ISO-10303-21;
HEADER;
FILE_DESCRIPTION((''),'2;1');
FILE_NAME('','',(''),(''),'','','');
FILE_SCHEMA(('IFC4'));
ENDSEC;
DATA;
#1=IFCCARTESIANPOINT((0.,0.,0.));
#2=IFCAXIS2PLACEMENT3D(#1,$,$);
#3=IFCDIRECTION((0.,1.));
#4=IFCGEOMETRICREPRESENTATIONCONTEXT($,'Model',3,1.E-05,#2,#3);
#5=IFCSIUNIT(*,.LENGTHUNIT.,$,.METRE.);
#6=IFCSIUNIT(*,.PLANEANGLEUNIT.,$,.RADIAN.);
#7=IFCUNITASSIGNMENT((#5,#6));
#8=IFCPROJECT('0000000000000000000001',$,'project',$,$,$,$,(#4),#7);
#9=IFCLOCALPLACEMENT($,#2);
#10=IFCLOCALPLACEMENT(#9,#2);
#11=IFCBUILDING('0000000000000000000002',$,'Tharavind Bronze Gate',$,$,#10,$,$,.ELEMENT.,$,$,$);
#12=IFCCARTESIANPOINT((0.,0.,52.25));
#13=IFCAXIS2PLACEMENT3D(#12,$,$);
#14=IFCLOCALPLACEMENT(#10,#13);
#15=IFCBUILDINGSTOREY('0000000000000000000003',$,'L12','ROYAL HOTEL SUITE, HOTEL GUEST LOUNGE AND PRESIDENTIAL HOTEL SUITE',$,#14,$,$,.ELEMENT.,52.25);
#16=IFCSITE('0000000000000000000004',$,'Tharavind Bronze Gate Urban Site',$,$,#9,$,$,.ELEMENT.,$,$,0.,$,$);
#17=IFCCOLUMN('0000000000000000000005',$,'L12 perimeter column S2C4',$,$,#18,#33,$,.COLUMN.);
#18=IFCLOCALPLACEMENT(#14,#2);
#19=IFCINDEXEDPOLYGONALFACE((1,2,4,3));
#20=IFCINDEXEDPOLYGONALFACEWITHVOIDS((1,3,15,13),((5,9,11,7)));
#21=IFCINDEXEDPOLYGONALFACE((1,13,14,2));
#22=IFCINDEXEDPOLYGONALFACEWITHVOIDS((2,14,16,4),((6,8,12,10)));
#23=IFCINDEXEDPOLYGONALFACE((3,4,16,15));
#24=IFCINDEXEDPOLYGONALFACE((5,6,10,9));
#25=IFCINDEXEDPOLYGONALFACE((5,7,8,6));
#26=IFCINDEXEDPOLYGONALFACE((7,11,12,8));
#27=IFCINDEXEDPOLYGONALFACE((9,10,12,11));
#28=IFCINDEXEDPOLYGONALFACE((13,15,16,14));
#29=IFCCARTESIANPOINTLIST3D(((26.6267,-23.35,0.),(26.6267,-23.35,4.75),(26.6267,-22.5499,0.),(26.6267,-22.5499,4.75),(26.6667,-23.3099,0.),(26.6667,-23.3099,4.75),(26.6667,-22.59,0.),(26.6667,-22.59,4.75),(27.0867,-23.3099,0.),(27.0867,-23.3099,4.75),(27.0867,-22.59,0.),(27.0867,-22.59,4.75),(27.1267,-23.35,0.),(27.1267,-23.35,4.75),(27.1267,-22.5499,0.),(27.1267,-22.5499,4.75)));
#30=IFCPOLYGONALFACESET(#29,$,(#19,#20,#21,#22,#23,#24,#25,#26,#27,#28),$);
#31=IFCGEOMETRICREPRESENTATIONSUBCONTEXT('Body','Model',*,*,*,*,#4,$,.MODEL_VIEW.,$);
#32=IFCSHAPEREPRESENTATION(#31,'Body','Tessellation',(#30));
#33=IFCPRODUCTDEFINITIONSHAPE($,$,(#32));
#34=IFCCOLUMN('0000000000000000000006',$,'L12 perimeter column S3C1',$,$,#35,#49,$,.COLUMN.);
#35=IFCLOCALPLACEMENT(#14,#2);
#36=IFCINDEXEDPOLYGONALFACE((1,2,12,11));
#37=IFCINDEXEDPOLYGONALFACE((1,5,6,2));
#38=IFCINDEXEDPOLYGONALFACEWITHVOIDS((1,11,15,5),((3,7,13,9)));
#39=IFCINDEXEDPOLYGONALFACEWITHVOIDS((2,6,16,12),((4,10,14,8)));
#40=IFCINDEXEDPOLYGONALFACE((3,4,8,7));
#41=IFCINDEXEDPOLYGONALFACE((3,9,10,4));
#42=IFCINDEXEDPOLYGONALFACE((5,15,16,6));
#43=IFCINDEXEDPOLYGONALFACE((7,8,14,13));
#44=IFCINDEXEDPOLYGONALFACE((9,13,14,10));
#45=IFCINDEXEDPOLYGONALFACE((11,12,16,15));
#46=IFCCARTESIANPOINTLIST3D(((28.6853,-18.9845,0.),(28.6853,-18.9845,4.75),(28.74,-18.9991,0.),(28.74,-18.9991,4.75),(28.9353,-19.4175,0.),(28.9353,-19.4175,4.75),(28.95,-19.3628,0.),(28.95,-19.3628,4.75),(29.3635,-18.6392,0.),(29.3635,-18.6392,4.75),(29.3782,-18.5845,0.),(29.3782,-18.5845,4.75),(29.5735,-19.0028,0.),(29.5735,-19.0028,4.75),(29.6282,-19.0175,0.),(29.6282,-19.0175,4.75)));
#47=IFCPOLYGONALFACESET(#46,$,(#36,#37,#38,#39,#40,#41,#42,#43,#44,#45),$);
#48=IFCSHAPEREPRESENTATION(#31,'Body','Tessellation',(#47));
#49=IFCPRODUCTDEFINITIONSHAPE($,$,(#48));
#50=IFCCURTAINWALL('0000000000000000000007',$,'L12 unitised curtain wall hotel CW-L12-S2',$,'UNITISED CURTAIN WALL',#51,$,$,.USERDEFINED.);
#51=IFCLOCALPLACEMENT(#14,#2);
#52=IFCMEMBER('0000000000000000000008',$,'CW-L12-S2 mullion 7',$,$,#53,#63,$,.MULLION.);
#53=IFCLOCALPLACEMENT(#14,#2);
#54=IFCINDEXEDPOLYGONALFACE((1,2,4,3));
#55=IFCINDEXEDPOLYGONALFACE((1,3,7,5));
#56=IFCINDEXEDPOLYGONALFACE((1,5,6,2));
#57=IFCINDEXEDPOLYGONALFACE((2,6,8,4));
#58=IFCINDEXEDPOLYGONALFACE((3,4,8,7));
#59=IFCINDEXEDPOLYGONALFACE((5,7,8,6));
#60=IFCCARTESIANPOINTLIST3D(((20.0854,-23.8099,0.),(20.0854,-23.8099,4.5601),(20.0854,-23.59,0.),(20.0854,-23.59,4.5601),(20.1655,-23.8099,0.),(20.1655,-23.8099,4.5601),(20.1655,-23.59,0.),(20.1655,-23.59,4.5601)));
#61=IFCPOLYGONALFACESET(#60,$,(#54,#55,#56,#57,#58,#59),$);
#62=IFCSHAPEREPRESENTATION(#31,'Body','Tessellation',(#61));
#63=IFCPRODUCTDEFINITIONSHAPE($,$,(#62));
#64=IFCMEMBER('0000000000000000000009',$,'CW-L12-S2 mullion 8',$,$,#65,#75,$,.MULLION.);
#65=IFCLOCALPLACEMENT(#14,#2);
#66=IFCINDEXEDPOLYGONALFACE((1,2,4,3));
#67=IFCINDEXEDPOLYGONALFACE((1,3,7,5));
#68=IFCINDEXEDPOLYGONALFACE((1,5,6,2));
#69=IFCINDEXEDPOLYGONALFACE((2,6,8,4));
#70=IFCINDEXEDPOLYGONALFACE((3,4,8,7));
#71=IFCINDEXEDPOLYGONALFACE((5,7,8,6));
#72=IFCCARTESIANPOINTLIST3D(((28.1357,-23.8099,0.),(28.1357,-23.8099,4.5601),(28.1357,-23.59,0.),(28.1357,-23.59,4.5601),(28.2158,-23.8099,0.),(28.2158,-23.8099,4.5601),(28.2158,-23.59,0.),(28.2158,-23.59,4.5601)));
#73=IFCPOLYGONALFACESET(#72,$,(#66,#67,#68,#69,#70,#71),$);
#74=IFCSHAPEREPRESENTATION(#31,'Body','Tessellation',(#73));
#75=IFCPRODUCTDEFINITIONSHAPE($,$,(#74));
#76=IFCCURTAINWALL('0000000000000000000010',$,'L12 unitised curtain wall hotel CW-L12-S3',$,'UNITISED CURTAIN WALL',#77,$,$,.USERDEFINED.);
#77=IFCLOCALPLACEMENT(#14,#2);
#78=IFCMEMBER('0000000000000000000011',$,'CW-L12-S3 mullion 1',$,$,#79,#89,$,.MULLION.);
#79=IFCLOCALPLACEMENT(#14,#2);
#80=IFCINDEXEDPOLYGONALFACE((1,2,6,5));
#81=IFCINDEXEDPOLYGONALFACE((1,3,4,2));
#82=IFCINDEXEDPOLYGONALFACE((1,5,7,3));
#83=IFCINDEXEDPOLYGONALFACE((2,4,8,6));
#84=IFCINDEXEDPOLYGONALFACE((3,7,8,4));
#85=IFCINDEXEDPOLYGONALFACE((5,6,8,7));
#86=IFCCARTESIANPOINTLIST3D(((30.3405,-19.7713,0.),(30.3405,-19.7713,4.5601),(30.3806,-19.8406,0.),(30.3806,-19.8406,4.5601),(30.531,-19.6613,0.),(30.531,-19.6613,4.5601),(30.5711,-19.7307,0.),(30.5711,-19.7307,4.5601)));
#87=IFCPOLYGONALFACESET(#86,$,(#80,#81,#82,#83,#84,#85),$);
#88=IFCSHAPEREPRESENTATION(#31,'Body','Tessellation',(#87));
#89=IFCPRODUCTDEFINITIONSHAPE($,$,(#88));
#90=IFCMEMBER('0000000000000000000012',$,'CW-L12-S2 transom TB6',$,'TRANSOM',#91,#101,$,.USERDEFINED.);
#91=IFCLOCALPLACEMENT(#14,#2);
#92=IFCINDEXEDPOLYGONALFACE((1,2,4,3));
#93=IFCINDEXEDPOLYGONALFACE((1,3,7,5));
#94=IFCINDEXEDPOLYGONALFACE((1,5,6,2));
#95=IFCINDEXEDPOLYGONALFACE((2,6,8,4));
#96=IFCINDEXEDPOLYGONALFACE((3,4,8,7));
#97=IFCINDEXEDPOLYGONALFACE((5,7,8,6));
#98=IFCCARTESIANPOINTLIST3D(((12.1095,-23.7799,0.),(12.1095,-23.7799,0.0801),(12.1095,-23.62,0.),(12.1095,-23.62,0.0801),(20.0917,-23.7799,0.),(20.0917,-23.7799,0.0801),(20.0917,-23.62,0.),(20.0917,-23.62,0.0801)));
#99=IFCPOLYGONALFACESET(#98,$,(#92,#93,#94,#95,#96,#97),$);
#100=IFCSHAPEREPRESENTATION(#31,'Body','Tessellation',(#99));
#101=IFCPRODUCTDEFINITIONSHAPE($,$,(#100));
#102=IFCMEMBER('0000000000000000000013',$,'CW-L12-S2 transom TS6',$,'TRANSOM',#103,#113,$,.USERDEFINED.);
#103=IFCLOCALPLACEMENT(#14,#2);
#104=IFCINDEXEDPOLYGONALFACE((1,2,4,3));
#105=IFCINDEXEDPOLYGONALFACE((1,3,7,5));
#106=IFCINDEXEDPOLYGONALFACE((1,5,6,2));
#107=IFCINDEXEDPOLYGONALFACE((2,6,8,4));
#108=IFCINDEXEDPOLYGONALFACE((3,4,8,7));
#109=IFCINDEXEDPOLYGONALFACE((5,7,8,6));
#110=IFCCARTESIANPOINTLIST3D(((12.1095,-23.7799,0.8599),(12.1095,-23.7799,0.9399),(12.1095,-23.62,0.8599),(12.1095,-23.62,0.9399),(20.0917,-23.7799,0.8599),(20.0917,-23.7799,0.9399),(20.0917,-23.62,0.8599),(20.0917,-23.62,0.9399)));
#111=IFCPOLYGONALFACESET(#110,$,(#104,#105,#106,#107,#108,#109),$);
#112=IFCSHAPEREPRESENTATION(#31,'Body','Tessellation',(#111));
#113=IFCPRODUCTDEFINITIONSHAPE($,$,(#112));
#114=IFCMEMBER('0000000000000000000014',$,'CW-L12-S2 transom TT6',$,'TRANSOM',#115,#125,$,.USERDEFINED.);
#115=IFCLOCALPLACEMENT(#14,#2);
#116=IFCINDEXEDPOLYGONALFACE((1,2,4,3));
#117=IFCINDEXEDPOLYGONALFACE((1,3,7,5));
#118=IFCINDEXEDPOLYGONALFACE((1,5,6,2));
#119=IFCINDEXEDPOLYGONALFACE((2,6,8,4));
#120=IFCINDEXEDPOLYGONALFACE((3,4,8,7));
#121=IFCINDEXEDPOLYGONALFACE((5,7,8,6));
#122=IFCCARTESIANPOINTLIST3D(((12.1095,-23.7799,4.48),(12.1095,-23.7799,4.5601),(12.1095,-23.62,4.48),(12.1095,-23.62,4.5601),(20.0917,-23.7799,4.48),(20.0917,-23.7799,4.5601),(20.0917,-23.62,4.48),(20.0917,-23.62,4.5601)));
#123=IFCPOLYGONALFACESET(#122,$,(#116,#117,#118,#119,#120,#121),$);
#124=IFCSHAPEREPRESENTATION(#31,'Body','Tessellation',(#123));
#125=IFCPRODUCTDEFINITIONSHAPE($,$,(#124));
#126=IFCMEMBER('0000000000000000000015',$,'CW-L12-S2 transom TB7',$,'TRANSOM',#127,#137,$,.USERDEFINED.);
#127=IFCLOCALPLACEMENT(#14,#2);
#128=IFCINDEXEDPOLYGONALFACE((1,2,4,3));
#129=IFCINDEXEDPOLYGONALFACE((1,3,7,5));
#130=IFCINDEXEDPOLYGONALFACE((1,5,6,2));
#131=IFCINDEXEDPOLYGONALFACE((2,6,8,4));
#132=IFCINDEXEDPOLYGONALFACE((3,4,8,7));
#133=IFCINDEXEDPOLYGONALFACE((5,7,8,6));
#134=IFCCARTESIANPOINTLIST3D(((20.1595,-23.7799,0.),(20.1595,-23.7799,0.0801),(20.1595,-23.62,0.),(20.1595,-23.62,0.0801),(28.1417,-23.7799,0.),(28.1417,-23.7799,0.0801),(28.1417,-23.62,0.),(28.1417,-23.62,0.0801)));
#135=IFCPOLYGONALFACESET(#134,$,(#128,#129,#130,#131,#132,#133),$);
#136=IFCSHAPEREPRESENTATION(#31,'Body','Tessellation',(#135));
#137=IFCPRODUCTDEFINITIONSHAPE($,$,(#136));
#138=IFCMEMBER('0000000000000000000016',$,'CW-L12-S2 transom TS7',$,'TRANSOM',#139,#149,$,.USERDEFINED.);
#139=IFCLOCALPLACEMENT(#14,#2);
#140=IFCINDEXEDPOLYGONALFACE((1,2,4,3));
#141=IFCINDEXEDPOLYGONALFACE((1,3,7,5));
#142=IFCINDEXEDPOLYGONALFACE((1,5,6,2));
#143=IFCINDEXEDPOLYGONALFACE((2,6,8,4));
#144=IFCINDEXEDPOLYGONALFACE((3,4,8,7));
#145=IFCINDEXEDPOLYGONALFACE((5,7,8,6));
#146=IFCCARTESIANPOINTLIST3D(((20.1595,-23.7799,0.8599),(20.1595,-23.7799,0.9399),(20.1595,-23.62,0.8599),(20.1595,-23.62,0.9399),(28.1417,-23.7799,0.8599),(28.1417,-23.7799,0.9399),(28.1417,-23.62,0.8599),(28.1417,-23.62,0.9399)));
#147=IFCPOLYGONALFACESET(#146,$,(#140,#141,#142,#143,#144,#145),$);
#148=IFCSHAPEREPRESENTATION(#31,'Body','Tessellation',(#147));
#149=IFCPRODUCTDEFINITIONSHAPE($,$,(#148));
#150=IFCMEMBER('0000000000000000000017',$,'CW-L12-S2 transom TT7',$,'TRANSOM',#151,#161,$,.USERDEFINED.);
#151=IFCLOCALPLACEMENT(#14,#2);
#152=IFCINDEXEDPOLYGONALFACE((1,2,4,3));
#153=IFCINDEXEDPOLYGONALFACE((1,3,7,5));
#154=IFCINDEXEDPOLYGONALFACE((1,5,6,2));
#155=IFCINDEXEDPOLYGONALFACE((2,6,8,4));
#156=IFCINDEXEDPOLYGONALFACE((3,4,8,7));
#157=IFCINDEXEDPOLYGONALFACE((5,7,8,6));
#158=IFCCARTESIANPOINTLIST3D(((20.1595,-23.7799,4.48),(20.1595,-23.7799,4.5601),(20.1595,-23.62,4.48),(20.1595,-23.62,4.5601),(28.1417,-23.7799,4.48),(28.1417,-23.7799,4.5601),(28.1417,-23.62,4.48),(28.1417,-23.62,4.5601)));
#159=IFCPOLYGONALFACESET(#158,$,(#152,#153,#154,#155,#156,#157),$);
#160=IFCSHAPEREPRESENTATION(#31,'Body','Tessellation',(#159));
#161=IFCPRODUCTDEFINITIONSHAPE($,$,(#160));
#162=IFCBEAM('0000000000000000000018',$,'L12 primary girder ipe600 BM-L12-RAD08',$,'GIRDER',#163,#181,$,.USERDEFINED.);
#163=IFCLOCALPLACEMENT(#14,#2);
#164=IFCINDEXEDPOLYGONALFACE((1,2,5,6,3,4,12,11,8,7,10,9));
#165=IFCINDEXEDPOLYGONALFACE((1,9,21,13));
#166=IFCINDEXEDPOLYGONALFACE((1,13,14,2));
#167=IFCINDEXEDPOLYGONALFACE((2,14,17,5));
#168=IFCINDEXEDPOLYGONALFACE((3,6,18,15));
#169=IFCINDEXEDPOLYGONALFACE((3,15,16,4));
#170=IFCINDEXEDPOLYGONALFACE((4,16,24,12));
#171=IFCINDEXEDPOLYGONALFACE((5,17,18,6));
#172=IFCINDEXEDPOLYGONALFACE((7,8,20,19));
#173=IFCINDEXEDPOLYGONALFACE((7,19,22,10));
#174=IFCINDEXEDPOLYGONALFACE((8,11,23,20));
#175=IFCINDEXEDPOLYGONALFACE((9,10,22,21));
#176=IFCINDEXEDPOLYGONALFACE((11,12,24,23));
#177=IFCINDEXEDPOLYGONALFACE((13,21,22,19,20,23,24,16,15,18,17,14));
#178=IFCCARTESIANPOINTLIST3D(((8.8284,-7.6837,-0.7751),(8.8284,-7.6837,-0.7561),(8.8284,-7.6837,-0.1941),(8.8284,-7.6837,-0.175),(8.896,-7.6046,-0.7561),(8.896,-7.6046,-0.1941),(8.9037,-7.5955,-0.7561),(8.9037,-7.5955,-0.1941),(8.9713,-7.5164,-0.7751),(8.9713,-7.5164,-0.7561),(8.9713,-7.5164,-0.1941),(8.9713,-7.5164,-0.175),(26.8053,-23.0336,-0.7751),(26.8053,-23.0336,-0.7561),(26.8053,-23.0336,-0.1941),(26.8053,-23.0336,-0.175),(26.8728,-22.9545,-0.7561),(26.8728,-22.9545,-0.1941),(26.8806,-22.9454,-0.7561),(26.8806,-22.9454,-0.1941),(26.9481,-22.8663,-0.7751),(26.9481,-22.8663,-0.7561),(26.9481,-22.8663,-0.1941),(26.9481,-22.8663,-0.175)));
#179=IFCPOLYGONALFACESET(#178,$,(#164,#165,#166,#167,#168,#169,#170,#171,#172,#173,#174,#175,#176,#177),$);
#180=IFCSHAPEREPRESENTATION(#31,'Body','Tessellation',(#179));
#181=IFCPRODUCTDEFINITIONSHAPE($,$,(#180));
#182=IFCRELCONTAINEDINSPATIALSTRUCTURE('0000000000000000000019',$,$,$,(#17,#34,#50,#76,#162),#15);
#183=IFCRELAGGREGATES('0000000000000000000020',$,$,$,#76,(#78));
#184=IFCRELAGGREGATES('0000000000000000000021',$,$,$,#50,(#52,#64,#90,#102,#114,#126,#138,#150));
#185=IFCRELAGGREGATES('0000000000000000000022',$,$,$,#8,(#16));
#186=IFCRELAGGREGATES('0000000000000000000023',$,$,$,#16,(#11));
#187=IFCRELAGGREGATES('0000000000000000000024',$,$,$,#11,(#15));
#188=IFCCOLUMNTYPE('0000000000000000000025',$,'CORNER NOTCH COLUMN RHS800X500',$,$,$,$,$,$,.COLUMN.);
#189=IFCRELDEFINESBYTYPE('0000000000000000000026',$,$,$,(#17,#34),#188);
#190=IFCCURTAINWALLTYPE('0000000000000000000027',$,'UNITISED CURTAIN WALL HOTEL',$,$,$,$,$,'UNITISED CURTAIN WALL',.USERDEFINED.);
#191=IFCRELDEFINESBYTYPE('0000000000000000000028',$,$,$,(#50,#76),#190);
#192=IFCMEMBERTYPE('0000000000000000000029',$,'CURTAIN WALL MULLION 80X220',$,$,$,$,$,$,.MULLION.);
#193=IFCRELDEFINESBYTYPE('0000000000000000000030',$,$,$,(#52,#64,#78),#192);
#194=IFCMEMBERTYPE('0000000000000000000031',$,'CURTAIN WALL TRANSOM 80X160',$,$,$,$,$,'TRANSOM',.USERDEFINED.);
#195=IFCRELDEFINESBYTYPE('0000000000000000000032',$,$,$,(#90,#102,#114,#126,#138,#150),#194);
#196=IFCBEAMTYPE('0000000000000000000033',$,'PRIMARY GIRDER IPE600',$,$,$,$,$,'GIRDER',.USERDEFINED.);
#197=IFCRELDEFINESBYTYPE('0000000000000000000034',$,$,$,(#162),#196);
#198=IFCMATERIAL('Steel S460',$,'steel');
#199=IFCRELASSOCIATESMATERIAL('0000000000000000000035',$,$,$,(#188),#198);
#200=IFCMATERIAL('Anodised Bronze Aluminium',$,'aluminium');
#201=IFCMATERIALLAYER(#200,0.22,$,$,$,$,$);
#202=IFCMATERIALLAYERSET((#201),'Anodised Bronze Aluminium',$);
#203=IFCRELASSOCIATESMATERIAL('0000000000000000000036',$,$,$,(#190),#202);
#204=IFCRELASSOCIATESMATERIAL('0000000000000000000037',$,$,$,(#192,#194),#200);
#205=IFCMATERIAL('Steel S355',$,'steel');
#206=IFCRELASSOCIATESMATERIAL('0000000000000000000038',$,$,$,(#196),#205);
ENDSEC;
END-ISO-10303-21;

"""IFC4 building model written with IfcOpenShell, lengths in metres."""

from ifc_helpers import new_model, si_unit, direction, frame, origin, origin_2d, place, context, subcontext, project, spatial, rectangle, hollow_rectangle, i_section, extrude, material, layer, layer_set, material_profile, profile_set, type_object, element, aggregate, save


model = new_model("IFC4")

# Units and contexts
model_context = context("Model", 3, precision=1e-05, world=origin(), true_north=direction((0.0, 1.0)))
body_context = subcontext(model_context, "Body", "Model", "MODEL_VIEW")
ifc_project = project(units=[si_unit("LENGTHUNIT", "METRE"), si_unit("PLANEANGLEUNIT", "RADIAN")], contexts=[model_context])

# Site, building, storey
site_placement = place(None, origin())
site = spatial("IfcSite", under=ifc_project, at=site_placement, Name="Tharavind Bronze Gate Urban Site", CompositionType="ELEMENT", RefElevation=0.0)
building_placement = place(site_placement, origin())
building = spatial("IfcBuilding", under=site, at=building_placement, Name="Tharavind Bronze Gate", CompositionType="ELEMENT")
storey_placement = place(building_placement, frame((0.0, 0.0, 52.25)))
storey = spatial("IfcBuildingStorey", under=building, at=storey_placement, Name="L12", Description="ROYAL HOTEL SUITE, HOTEL GUEST LOUNGE AND PRESIDENTIAL HOTEL SUITE", CompositionType="ELEMENT", Elevation=52.25)

# Columns
ifc_material_1 = material(Name="Steel S460", Category="steel")
ifc_material_profile_1 = material_profile(ifc_material_1, hollow_rectangle(XDim=0.5, YDim=0.8, WallThickness=0.04, at=origin_2d()), Name="RHS800X500X40")
ifc_profile_set_1 = profile_set([ifc_material_profile_1], Name="Steel S460")
column_type = type_object("IfcColumnType", Name="CORNER NOTCH COLUMN RHS800X500", PredefinedType="COLUMN", material=ifc_profile_set_1)
for number, where, z_axis, x_axis, name in (
    (1, (26.8767, -22.95, 0.0), (0.0, 0.0, 1.0), (1.0, 0.0, 0.0), "L12 perimeter column S2C4"),
    (2, (29.1567, -19.001, 0.0), (0.0, 0.0, 1.0), (-0.500002, 0.866025, 0.0), "L12 perimeter column S3C1"),
):
    element("IfcColumn", number, at=place(storey_placement, frame(where, z_axis=z_axis, x_axis=x_axis)), inside=storey, type_object=column_type, Name=name, PredefinedType="COLUMN", context=body_context, shape_type="SweptSolid", body=[
        extrude(hollow_rectangle(XDim=0.5, YDim=0.8, WallThickness=0.04, at=origin_2d()), origin(), (0.0, 0.0, 1.0), 4.75),
    ])

# Curtain wall, members
ifc_material_2 = material(Name="Anodised Bronze Aluminium", Category="aluminium")
ifc_layer_1 = layer(ifc_material_2, 0.22)
ifc_layer_set_1 = layer_set([ifc_layer_1], Name="Anodised Bronze Aluminium")
curtain_wall_type = type_object("IfcCurtainWallType", Name="UNITISED CURTAIN WALL HOTEL", ElementType="UNITISED CURTAIN WALL", PredefinedType="USERDEFINED", material=ifc_layer_set_1)
curtain_wall_1_placement = place(storey_placement, origin())
curtain_wall_1 = element("IfcCurtainWall", 3, at=curtain_wall_1_placement, inside=storey, type_object=curtain_wall_type, Name="L12 unitised curtain wall hotel CW-L12-S2", ObjectType="UNITISED CURTAIN WALL", PredefinedType="USERDEFINED")
member_type_1 = type_object("IfcMemberType", Name="CURTAIN WALL MULLION 80X220", PredefinedType="MULLION", material=ifc_material_2)
member_1_placement = place(storey_placement, frame((20.1255, -23.7, 0.0), z_axis=(0.0, 0.0, 1.0), x_axis=(1.0, 0.0, 0.0)))
member_1 = element("IfcMember", 4, at=member_1_placement, type_object=member_type_1, Name="CW-L12-S2 mullion 7", PredefinedType="MULLION", context=body_context, shape_type="SweptSolid", body=[
    extrude(rectangle(XDim=0.0801, YDim=0.22, at=origin_2d()), origin(), (0.0, 0.0, 1.0), 4.5601),
])
member_2_placement = place(storey_placement, frame((28.1758, -23.7, 0.0), z_axis=(0.0, 0.0, 1.0), x_axis=(1.0, 0.0, 0.0)))
member_2 = element("IfcMember", 5, at=member_2_placement, type_object=member_type_1, Name="CW-L12-S2 mullion 8", PredefinedType="MULLION", context=body_context, shape_type="SweptSolid", body=[
    extrude(rectangle(XDim=0.0801, YDim=0.22, at=origin_2d()), origin(), (0.0, 0.0, 1.0), 4.5601),
])

# Curtain wall, member
curtain_wall_2_placement = place(storey_placement, origin())
curtain_wall_2 = element("IfcCurtainWall", 6, at=curtain_wall_2_placement, inside=storey, type_object=curtain_wall_type, Name="L12 unitised curtain wall hotel CW-L12-S3", ObjectType="UNITISED CURTAIN WALL", PredefinedType="USERDEFINED")
member_3_placement = place(storey_placement, frame((30.4558, -19.751, 0.0), z_axis=(0.0, 0.0, 1.0), x_axis=(-0.500002, 0.866025, 0.0)))
member_3 = element("IfcMember", 7, at=member_3_placement, type_object=member_type_1, Name="CW-L12-S3 mullion 1", PredefinedType="MULLION", context=body_context, shape_type="SweptSolid", body=[
    extrude(rectangle(XDim=0.0801, YDim=0.22, at=origin_2d()), origin(), (0.0, 0.0, 1.0), 4.5601),
])
aggregate(curtain_wall_2, [member_3])

# Members
member_type_2 = type_object("IfcMemberType", Name="CURTAIN WALL TRANSOM 80X160", ElementType="TRANSOM", PredefinedType="USERDEFINED", material=ifc_material_2)
member_4_placement = place(storey_placement, frame((16.1006, -23.7, 0.0), z_axis=(0.0, 0.0, 1.0), x_axis=(1.0, 0.0, 0.0)))
member_4 = element("IfcMember", 8, at=member_4_placement, type_object=member_type_2, Name="CW-L12-S2 transom TB6", ObjectType="TRANSOM", PredefinedType="USERDEFINED", context=body_context, shape_type="SweptSolid", body=[
    extrude(rectangle(XDim=7.9822, YDim=0.1599, at=origin_2d()), origin(), (0.0, 0.0, 1.0), 0.0801),
])
member_5_placement = place(storey_placement, frame((16.1006, -23.7, 0.8599), z_axis=(0.0, 0.0, 1.0), x_axis=(1.0, 0.0, 0.0)))
member_5 = element("IfcMember", 9, at=member_5_placement, type_object=member_type_2, Name="CW-L12-S2 transom TS6", ObjectType="TRANSOM", PredefinedType="USERDEFINED", context=body_context, shape_type="SweptSolid", body=[
    extrude(rectangle(XDim=7.9822, YDim=0.1599, at=origin_2d()), origin(), (0.0, 0.0, 1.0), 0.0801),
])
member_6_placement = place(storey_placement, frame((16.1006, -23.7, 4.48), z_axis=(0.0, 0.0, 1.0), x_axis=(1.0, 0.0, 0.0)))
member_6 = element("IfcMember", 10, at=member_6_placement, type_object=member_type_2, Name="CW-L12-S2 transom TT6", ObjectType="TRANSOM", PredefinedType="USERDEFINED", context=body_context, shape_type="SweptSolid", body=[
    extrude(rectangle(XDim=7.9822, YDim=0.1599, at=origin_2d()), origin(), (0.0, 0.0, 1.0), 0.0801),
])
member_7_placement = place(storey_placement, frame((24.1506, -23.7, 0.0), z_axis=(0.0, 0.0, 1.0), x_axis=(1.0, 0.0, 0.0)))
member_7 = element("IfcMember", 11, at=member_7_placement, type_object=member_type_2, Name="CW-L12-S2 transom TB7", ObjectType="TRANSOM", PredefinedType="USERDEFINED", context=body_context, shape_type="SweptSolid", body=[
    extrude(rectangle(XDim=7.9822, YDim=0.1599, at=origin_2d()), origin(), (0.0, 0.0, 1.0), 0.0801),
])
member_8_placement = place(storey_placement, frame((24.1506, -23.7, 0.8599), z_axis=(0.0, 0.0, 1.0), x_axis=(1.0, 0.0, 0.0)))
member_8 = element("IfcMember", 12, at=member_8_placement, type_object=member_type_2, Name="CW-L12-S2 transom TS7", ObjectType="TRANSOM", PredefinedType="USERDEFINED", context=body_context, shape_type="SweptSolid", body=[
    extrude(rectangle(XDim=7.9822, YDim=0.1599, at=origin_2d()), origin(), (0.0, 0.0, 1.0), 0.0801),
])
member_9_placement = place(storey_placement, frame((24.1506, -23.7, 4.48), z_axis=(0.0, 0.0, 1.0), x_axis=(1.0, 0.0, 0.0)))
member_9 = element("IfcMember", 13, at=member_9_placement, type_object=member_type_2, Name="CW-L12-S2 transom TT7", ObjectType="TRANSOM", PredefinedType="USERDEFINED", context=body_context, shape_type="SweptSolid", body=[
    extrude(rectangle(XDim=7.9822, YDim=0.1599, at=origin_2d()), origin(), (0.0, 0.0, 1.0), 0.0801),
])

# Beam
ifc_material_3 = material(Name="Steel S355", Category="steel")
ifc_material_profile_2 = material_profile(ifc_material_3, i_section(OverallWidth=0.22, OverallDepth=0.6001, WebThickness=0.012, FlangeThickness=0.019, at=origin_2d()), Name="IPE600")
ifc_profile_set_2 = profile_set([ifc_material_profile_2], Name="Steel S355")
beam_type_1 = type_object("IfcBeamType", Name="PRIMARY GIRDER IPE600", ElementType="GIRDER", PredefinedType="USERDEFINED", material=ifc_profile_set_2)
beam_1_placement = place(storey_placement, frame((26.8767, -22.95, -0.4751), z_axis=(-0.760485, 0.649355, 0.0), x_axis=(-0.649355, -0.760485, 0.0)))
element("IfcBeam", 14, at=beam_1_placement, inside=storey, type_object=beam_type_1, Name="L12 primary girder ipe600 BM-L12-RAD08", ObjectType="GIRDER", PredefinedType="USERDEFINED", context=body_context, shape_type="SweptSolid", body=[
    extrude(i_section(OverallWidth=0.22, OverallDepth=0.6001, WebThickness=0.012, FlangeThickness=0.019, at=origin_2d()), origin(), (0.0, 0.0, 1.0), 23.6387),
])

aggregate(curtain_wall_1, [member_1, member_2, member_4, member_5, member_6, member_7, member_8, member_9])

save(model, "model.ifc")
